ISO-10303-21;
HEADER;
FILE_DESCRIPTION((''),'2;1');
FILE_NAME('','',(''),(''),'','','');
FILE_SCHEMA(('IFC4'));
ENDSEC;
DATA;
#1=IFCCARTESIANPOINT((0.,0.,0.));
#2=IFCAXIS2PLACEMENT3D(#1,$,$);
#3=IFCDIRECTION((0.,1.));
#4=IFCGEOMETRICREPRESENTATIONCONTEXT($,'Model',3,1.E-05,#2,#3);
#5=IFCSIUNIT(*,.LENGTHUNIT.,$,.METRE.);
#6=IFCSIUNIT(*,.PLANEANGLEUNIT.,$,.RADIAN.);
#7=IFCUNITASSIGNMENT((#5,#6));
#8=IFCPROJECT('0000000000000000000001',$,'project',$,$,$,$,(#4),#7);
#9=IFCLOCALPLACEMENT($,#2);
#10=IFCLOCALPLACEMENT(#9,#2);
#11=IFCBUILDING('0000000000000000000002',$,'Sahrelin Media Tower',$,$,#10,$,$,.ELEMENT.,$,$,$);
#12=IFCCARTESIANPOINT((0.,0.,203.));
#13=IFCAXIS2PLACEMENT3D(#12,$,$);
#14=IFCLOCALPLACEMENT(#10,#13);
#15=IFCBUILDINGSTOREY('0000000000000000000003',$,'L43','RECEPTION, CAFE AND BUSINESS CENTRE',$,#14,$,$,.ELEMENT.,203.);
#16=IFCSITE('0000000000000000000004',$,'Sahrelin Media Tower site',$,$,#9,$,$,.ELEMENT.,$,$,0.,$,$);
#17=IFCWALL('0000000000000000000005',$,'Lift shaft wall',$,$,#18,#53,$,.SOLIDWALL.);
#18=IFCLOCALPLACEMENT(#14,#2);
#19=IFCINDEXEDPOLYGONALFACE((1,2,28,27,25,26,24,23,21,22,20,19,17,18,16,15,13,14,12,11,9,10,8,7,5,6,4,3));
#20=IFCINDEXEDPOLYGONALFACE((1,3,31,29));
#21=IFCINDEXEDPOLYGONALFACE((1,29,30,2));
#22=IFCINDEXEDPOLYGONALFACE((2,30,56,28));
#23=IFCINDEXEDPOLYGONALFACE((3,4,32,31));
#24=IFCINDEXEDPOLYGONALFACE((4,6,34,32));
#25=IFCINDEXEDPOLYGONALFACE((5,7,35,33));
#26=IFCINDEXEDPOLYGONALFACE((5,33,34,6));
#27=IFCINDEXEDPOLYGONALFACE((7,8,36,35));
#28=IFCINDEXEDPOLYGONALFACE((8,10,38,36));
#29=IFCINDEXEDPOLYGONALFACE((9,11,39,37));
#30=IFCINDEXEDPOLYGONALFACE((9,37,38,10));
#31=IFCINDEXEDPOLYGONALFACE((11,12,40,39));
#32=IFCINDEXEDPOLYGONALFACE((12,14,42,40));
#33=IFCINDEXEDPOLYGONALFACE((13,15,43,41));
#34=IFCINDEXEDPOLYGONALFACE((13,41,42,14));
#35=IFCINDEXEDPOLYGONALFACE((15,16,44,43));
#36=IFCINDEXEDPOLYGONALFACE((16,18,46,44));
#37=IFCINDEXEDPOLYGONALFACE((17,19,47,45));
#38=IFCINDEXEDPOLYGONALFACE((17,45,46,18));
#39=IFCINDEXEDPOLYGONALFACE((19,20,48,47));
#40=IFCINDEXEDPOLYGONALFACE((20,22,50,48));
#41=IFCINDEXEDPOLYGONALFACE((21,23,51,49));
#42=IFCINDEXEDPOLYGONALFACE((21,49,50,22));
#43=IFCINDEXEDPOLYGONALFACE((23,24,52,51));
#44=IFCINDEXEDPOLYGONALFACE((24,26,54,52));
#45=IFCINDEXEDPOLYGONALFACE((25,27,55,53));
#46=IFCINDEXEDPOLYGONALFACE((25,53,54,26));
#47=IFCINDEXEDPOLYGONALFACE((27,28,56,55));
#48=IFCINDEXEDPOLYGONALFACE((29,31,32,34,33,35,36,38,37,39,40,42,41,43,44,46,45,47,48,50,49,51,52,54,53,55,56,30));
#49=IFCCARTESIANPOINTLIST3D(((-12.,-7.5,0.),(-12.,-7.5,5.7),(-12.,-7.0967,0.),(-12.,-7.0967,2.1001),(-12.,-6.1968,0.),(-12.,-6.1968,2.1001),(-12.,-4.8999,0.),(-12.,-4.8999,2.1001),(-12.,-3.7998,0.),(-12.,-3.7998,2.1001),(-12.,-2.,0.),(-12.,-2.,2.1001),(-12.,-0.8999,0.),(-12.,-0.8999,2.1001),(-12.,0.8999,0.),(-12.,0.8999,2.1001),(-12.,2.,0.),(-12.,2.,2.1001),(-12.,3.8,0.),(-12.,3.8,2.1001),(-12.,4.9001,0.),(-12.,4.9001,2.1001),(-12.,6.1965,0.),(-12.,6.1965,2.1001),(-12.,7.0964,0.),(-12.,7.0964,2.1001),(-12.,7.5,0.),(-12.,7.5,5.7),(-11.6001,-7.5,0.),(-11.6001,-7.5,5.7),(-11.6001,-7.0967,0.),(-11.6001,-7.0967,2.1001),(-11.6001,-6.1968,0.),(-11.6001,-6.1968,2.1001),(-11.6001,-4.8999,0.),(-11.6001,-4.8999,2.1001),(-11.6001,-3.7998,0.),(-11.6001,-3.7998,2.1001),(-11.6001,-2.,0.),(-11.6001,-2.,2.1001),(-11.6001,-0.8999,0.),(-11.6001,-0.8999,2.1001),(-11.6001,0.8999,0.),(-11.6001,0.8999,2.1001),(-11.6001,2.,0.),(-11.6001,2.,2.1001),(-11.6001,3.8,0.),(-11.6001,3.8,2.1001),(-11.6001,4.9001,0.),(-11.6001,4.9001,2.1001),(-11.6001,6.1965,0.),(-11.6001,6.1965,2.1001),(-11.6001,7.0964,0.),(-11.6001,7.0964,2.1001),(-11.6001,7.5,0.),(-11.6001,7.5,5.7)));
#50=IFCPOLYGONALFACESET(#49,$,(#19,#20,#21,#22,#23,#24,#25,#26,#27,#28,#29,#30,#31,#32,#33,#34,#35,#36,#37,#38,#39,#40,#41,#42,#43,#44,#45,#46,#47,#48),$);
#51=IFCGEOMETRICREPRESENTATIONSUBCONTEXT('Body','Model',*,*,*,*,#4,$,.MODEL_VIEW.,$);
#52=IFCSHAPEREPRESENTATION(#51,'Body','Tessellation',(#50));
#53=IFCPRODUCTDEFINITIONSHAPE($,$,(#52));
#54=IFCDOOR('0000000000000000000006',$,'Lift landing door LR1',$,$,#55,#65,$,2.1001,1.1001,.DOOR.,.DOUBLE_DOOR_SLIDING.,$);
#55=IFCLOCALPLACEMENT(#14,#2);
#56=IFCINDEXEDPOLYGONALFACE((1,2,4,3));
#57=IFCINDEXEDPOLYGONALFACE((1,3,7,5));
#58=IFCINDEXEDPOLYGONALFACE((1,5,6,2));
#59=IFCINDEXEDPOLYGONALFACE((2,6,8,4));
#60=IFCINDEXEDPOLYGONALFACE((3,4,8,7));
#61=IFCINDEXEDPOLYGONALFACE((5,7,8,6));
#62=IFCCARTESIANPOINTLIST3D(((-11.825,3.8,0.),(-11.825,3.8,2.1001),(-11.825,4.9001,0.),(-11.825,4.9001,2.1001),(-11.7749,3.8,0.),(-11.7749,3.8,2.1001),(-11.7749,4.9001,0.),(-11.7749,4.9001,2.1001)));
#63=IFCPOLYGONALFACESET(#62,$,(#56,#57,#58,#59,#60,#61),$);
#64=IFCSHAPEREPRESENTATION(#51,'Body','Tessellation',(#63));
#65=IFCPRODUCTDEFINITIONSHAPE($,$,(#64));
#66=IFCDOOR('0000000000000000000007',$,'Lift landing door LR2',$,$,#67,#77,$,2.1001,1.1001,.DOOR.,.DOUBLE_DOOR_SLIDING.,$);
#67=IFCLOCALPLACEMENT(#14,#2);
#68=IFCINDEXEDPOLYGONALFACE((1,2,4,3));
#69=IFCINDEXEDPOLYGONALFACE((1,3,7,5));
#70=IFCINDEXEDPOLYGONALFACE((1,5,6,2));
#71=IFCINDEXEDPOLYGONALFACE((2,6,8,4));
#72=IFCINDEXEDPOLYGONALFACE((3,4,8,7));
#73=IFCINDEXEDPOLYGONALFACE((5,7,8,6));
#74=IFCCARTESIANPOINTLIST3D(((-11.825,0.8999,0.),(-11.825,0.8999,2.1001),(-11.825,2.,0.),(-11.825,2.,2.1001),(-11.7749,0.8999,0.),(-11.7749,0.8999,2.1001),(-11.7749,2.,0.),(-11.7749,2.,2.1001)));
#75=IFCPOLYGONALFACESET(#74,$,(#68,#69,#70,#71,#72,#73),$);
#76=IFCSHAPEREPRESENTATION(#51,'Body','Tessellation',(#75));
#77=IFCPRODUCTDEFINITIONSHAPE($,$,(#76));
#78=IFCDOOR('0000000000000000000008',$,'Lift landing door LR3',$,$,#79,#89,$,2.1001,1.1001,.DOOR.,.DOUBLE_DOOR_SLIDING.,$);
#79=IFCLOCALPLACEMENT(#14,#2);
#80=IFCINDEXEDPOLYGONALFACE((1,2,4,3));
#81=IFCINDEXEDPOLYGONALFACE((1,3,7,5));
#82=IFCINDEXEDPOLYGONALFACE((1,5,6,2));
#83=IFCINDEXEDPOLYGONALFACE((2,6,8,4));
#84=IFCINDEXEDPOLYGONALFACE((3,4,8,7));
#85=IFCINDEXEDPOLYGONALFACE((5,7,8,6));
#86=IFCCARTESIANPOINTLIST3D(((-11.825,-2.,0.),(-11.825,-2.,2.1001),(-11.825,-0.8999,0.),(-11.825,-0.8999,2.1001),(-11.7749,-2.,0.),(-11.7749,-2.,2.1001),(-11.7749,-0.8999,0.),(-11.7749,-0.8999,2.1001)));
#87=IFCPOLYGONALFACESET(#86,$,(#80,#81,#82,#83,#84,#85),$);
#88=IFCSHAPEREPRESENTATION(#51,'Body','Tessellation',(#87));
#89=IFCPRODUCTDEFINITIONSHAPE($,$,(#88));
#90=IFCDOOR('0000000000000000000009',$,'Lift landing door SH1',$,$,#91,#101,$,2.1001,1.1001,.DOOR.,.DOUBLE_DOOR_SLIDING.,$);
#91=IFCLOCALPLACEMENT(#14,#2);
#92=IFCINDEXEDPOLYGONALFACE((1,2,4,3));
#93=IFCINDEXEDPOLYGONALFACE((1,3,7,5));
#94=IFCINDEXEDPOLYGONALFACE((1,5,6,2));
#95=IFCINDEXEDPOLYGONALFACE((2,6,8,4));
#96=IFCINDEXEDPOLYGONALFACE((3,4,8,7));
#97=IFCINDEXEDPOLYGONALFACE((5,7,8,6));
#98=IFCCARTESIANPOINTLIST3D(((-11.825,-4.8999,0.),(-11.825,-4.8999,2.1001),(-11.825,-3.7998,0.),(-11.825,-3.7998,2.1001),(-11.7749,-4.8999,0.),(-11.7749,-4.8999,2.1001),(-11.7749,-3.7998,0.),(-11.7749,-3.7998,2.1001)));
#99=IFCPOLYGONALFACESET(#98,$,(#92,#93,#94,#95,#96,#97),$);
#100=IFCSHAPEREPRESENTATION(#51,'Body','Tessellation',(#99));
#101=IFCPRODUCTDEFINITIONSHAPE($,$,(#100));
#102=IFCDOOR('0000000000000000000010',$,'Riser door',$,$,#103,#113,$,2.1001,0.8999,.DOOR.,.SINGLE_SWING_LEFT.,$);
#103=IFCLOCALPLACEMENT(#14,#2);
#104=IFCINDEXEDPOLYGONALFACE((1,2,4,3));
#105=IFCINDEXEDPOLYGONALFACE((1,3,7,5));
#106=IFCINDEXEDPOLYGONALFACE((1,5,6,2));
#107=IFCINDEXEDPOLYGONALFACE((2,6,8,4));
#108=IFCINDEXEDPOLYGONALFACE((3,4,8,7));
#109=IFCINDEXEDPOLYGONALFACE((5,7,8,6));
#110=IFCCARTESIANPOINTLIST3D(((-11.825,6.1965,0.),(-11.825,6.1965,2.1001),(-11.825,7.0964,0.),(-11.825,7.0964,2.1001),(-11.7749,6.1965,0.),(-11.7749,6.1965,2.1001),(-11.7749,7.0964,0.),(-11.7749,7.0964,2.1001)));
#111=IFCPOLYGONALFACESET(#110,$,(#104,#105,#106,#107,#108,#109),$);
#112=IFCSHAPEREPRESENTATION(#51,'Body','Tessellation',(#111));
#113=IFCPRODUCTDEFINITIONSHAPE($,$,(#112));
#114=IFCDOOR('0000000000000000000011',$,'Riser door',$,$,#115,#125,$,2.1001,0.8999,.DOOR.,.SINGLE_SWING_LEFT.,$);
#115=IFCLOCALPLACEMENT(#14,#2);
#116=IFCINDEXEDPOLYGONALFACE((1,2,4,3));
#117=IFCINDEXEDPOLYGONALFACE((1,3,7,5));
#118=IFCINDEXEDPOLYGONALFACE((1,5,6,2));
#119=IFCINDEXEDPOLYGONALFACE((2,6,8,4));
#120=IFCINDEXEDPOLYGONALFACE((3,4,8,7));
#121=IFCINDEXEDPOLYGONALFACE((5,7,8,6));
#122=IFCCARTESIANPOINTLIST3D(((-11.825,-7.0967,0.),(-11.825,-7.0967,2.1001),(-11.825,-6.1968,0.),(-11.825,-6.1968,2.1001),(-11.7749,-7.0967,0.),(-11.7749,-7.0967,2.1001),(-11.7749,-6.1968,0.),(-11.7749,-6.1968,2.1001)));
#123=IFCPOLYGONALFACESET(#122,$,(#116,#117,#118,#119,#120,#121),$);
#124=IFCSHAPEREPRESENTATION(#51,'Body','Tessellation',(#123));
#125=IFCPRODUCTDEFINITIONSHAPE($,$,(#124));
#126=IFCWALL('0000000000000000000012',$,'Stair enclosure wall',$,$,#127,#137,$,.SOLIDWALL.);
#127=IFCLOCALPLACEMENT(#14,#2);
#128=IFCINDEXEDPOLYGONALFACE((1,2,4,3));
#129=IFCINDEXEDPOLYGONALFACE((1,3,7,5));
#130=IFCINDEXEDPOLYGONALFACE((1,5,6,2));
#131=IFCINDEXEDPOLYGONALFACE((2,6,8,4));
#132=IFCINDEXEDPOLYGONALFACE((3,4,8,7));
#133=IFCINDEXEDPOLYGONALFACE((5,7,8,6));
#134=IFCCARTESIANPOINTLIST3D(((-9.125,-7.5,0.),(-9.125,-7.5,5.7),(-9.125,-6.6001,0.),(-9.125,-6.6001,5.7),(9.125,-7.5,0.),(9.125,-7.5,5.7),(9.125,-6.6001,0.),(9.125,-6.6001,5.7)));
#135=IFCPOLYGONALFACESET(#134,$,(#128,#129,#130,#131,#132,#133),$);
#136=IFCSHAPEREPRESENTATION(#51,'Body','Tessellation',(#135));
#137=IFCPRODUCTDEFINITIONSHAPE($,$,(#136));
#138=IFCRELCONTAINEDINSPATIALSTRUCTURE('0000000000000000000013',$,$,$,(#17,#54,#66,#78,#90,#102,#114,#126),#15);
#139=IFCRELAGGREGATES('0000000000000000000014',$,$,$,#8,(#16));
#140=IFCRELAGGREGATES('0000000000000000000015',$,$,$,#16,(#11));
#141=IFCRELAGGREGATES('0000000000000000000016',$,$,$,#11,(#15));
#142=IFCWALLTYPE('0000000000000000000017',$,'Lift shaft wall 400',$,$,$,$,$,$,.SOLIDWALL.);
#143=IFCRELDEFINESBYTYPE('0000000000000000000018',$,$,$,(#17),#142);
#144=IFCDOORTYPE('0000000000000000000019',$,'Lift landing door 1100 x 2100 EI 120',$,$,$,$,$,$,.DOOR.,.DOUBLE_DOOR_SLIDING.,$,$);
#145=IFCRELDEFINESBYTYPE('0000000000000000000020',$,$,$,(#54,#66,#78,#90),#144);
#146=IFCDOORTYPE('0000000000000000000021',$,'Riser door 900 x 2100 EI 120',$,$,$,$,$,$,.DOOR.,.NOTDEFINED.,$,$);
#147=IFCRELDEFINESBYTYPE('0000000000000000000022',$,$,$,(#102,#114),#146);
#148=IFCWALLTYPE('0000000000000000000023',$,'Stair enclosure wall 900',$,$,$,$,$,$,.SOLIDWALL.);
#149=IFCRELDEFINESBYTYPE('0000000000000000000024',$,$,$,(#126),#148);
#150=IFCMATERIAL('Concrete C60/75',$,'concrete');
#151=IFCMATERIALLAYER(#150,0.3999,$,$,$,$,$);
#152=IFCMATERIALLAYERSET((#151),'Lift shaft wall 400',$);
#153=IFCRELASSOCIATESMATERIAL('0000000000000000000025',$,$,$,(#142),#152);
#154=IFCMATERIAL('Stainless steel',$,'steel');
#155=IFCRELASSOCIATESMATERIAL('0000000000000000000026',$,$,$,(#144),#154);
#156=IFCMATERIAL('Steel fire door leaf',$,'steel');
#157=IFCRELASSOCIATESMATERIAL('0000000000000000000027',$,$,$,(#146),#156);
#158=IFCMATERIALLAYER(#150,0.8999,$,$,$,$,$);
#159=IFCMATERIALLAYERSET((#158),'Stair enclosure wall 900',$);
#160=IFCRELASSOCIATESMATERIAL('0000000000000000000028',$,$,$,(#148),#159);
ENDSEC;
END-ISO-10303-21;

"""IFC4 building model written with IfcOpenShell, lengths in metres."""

from ifc_helpers import new_model, si_unit, direction, frame, frame_2d, origin, place, context, subcontext, project, spatial, rectangle, extrude, material, layer, layer_set, type_object, element, fill, save


model = new_model("IFC4")

# Units and contexts
model_context = context("Model", 3, precision=1e-05, world=origin(), true_north=direction((0.0, 1.0)))
body_context = subcontext(model_context, "Body", "Model", "MODEL_VIEW")
ifc_project = project(units=[si_unit("LENGTHUNIT", "METRE"), si_unit("PLANEANGLEUNIT", "RADIAN")], contexts=[model_context])

# Site, building, storey
site_placement = place(None, origin())
site = spatial("IfcSite", under=ifc_project, at=site_placement, Name="Sahrelin Media Tower site", CompositionType="ELEMENT", RefElevation=0.0)
building_placement = place(site_placement, origin())
building = spatial("IfcBuilding", under=site, at=building_placement, Name="Sahrelin Media Tower", CompositionType="ELEMENT")
storey_placement = place(building_placement, frame((0.0, 0.0, 203.0)))
storey = spatial("IfcBuildingStorey", under=building, at=storey_placement, Name="L43", Description="RECEPTION, CAFE AND BUSINESS CENTRE", CompositionType="ELEMENT", Elevation=203.0)

# Shared definitions
ifc_material_1 = material(Name="Concrete C60/75", Category="concrete")
ifc_material_2 = material(Name="Steel fire door leaf", Category="steel")

# Wall, openings, doors
ifc_material_3 = material(Name="Stainless steel", Category="steel")
ifc_layer_1 = layer(ifc_material_1, 0.3999)
ifc_layer_set_1 = layer_set([ifc_layer_1], Name="Lift shaft wall 400")
wall_type_1 = type_object("IfcWallType", Name="Lift shaft wall 400", PredefinedType="SOLIDWALL", material=ifc_layer_set_1)
wall_1_placement = place(storey_placement, frame((-11.8, -7.5, 0.0), z_axis=(0.0, 0.0, 1.0), x_axis=(0.0, 1.0, 0.0)))
wall_1 = element("IfcWall", 1, at=wall_1_placement, inside=storey, type_object=wall_type_1, Name="Lift shaft wall", PredefinedType="SOLIDWALL", context=body_context, shape_type="SweptSolid", body=[
    extrude(rectangle(XDim=15.0, YDim=0.3999, at=frame_2d((7.5, 0.0))), origin(), (0.0, 0.0, 1.0), 5.7),
])
opening_1_placement = place(wall_1_placement, frame((11.3, 0.0, 0.0)))
opening_1 = element("IfcOpeningElement", 2, at=opening_1_placement, cuts=wall_1, PredefinedType="OPENING", context=body_context, shape_type="SweptSolid", body=[
    extrude(rectangle(XDim=1.1001, YDim=2.1001, at=frame_2d((0.55, 1.05))), frame((0.0, 0.2, 0.0), z_axis=(0.0, -1.0, 0.0), x_axis=(1.0, 0.0, 0.0)), (0.0, 0.0, 1.0), 0.3999),
])
opening_2_placement = place(wall_1_placement, frame((8.3999, 0.0, 0.0)))
opening_2 = element("IfcOpeningElement", 3, at=opening_2_placement, cuts=wall_1, PredefinedType="OPENING", context=body_context, shape_type="SweptSolid", body=[
    extrude(rectangle(XDim=1.1001, YDim=2.1001, at=frame_2d((0.55, 1.05))), frame((0.0, 0.2, 0.0), z_axis=(0.0, -1.0, 0.0), x_axis=(1.0, 0.0, 0.0)), (0.0, 0.0, 1.0), 0.3999),
])
opening_3_placement = place(wall_1_placement, frame((5.5, 0.0, 0.0)))
opening_3 = element("IfcOpeningElement", 4, at=opening_3_placement, cuts=wall_1, PredefinedType="OPENING", context=body_context, shape_type="SweptSolid", body=[
    extrude(rectangle(XDim=1.1001, YDim=2.1001, at=frame_2d((0.55, 1.05))), frame((0.0, 0.2, 0.0), z_axis=(0.0, -1.0, 0.0), x_axis=(1.0, 0.0, 0.0)), (0.0, 0.0, 1.0), 0.3999),
])
opening_4_placement = place(wall_1_placement, frame((2.6001, 0.0, 0.0)))
opening_4 = element("IfcOpeningElement", 5, at=opening_4_placement, cuts=wall_1, PredefinedType="OPENING", context=body_context, shape_type="SweptSolid", body=[
    extrude(rectangle(XDim=1.1001, YDim=2.1001, at=frame_2d((0.55, 1.05))), frame((0.0, 0.2, 0.0), z_axis=(0.0, -1.0, 0.0), x_axis=(1.0, 0.0, 0.0)), (0.0, 0.0, 1.0), 0.3999),
])
opening_5_placement = place(wall_1_placement, frame((13.6965, 0.0, 0.0)))
opening_5 = element("IfcOpeningElement", 6, at=opening_5_placement, cuts=wall_1, PredefinedType="OPENING", context=body_context, shape_type="SweptSolid", body=[
    extrude(rectangle(XDim=0.8999, YDim=2.1001, at=frame_2d((0.45, 1.05))), frame((0.0, 0.2, 0.0), z_axis=(0.0, -1.0, 0.0), x_axis=(1.0, 0.0, 0.0)), (0.0, 0.0, 1.0), 0.3999),
])
opening_6_placement = place(wall_1_placement, frame((0.4033, 0.0, 0.0)))
opening_6 = element("IfcOpeningElement", 7, at=opening_6_placement, cuts=wall_1, PredefinedType="OPENING", context=body_context, shape_type="SweptSolid", body=[
    extrude(rectangle(XDim=0.8999, YDim=2.1001, at=frame_2d((0.45, 1.05))), frame((0.0, 0.2, 0.0), z_axis=(0.0, -1.0, 0.0), x_axis=(1.0, 0.0, 0.0)), (0.0, 0.0, 1.0), 0.3999),
])
door_type_1 = type_object("IfcDoorType", Name="Lift landing door 1100 x 2100 EI 120", OperationType="DOUBLE_DOOR_SLIDING", PredefinedType="DOOR", material=ifc_material_3)
door_1_placement = place(opening_1_placement, origin())
door_1 = element("IfcDoor", 8, at=door_1_placement, inside=storey, type_object=door_type_1, Name="Lift landing door LR1", OperationType="DOUBLE_DOOR_SLIDING", OverallHeight=2.1001, OverallWidth=1.1001, PredefinedType="DOOR", context=body_context, shape_type="SweptSolid", body=[
    extrude(rectangle(XDim=1.1001, YDim=2.1001, at=frame_2d((0.55, 1.05))), frame((0.0, 0.0249, 0.0), z_axis=(0.0, -1.0, 0.0), x_axis=(1.0, 0.0, 0.0)), (0.0, 0.0, 1.0), 0.05),
])
fill(opening_1, door_1)
door_2_placement = place(opening_2_placement, origin())
door_2 = element("IfcDoor", 9, at=door_2_placement, inside=storey, type_object=door_type_1, Name="Lift landing door LR2", OperationType="DOUBLE_DOOR_SLIDING", OverallHeight=2.1001, OverallWidth=1.1001, PredefinedType="DOOR", context=body_context, shape_type="SweptSolid", body=[
    extrude(rectangle(XDim=1.1001, YDim=2.1001, at=frame_2d((0.55, 1.05))), frame((0.0, 0.0249, 0.0), z_axis=(0.0, -1.0, 0.0), x_axis=(1.0, 0.0, 0.0)), (0.0, 0.0, 1.0), 0.05),
])
fill(opening_2, door_2)
door_3_placement = place(opening_3_placement, origin())
door_3 = element("IfcDoor", 10, at=door_3_placement, inside=storey, type_object=door_type_1, Name="Lift landing door LR3", OperationType="DOUBLE_DOOR_SLIDING", OverallHeight=2.1001, OverallWidth=1.1001, PredefinedType="DOOR", context=body_context, shape_type="SweptSolid", body=[
    extrude(rectangle(XDim=1.1001, YDim=2.1001, at=frame_2d((0.55, 1.05))), frame((0.0, 0.0249, 0.0), z_axis=(0.0, -1.0, 0.0), x_axis=(1.0, 0.0, 0.0)), (0.0, 0.0, 1.0), 0.05),
])
fill(opening_3, door_3)
door_4_placement = place(opening_4_placement, origin())
door_4 = element("IfcDoor", 11, at=door_4_placement, inside=storey, type_object=door_type_1, Name="Lift landing door SH1", OperationType="DOUBLE_DOOR_SLIDING", OverallHeight=2.1001, OverallWidth=1.1001, PredefinedType="DOOR", context=body_context, shape_type="SweptSolid", body=[
    extrude(rectangle(XDim=1.1001, YDim=2.1001, at=frame_2d((0.55, 1.05))), frame((0.0, 0.0249, 0.0), z_axis=(0.0, -1.0, 0.0), x_axis=(1.0, 0.0, 0.0)), (0.0, 0.0, 1.0), 0.05),
])
fill(opening_4, door_4)
door_type_2 = type_object("IfcDoorType", Name="Riser door 900 x 2100 EI 120", OperationType="NOTDEFINED", PredefinedType="DOOR", material=ifc_material_2)
door_5_placement = place(opening_5_placement, origin())
door_5 = element("IfcDoor", 12, at=door_5_placement, inside=storey, type_object=door_type_2, Name="Riser door", OperationType="SINGLE_SWING_LEFT", OverallHeight=2.1001, OverallWidth=0.8999, PredefinedType="DOOR", context=body_context, shape_type="SweptSolid", body=[
    extrude(rectangle(XDim=0.8999, YDim=2.1001, at=frame_2d((0.45, 1.05))), frame((0.0, 0.0249, 0.0), z_axis=(0.0, -1.0, 0.0), x_axis=(1.0, 0.0, 0.0)), (0.0, 0.0, 1.0), 0.05),
])
fill(opening_5, door_5)
door_6_placement = place(opening_6_placement, origin())
door_6 = element("IfcDoor", 13, at=door_6_placement, inside=storey, type_object=door_type_2, Name="Riser door", OperationType="SINGLE_SWING_LEFT", OverallHeight=2.1001, OverallWidth=0.8999, PredefinedType="DOOR", context=body_context, shape_type="SweptSolid", body=[
    extrude(rectangle(XDim=0.8999, YDim=2.1001, at=frame_2d((0.45, 1.05))), frame((0.0, 0.0249, 0.0), z_axis=(0.0, -1.0, 0.0), x_axis=(1.0, 0.0, 0.0)), (0.0, 0.0, 1.0), 0.05),
])
fill(opening_6, door_6)

# Wall
ifc_layer_2 = layer(ifc_material_1, 0.8999)
ifc_layer_set_2 = layer_set([ifc_layer_2], Name="Stair enclosure wall 900")
wall_type_2 = type_object("IfcWallType", Name="Stair enclosure wall 900", PredefinedType="SOLIDWALL", material=ifc_layer_set_2)
wall_2_placement = place(storey_placement, frame((-9.125, -7.05, 0.0), z_axis=(0.0, 0.0, 1.0), x_axis=(1.0, 0.0, 0.0)))
element("IfcWall", 14, at=wall_2_placement, inside=storey, type_object=wall_type_2, Name="Stair enclosure wall", PredefinedType="SOLIDWALL", context=body_context, shape_type="SweptSolid", body=[
    extrude(rectangle(XDim=18.25, YDim=0.8999, at=frame_2d((9.125, 0.0))), origin(), (0.0, 0.0, 1.0), 5.7),
])

save(model, "model.ifc")
